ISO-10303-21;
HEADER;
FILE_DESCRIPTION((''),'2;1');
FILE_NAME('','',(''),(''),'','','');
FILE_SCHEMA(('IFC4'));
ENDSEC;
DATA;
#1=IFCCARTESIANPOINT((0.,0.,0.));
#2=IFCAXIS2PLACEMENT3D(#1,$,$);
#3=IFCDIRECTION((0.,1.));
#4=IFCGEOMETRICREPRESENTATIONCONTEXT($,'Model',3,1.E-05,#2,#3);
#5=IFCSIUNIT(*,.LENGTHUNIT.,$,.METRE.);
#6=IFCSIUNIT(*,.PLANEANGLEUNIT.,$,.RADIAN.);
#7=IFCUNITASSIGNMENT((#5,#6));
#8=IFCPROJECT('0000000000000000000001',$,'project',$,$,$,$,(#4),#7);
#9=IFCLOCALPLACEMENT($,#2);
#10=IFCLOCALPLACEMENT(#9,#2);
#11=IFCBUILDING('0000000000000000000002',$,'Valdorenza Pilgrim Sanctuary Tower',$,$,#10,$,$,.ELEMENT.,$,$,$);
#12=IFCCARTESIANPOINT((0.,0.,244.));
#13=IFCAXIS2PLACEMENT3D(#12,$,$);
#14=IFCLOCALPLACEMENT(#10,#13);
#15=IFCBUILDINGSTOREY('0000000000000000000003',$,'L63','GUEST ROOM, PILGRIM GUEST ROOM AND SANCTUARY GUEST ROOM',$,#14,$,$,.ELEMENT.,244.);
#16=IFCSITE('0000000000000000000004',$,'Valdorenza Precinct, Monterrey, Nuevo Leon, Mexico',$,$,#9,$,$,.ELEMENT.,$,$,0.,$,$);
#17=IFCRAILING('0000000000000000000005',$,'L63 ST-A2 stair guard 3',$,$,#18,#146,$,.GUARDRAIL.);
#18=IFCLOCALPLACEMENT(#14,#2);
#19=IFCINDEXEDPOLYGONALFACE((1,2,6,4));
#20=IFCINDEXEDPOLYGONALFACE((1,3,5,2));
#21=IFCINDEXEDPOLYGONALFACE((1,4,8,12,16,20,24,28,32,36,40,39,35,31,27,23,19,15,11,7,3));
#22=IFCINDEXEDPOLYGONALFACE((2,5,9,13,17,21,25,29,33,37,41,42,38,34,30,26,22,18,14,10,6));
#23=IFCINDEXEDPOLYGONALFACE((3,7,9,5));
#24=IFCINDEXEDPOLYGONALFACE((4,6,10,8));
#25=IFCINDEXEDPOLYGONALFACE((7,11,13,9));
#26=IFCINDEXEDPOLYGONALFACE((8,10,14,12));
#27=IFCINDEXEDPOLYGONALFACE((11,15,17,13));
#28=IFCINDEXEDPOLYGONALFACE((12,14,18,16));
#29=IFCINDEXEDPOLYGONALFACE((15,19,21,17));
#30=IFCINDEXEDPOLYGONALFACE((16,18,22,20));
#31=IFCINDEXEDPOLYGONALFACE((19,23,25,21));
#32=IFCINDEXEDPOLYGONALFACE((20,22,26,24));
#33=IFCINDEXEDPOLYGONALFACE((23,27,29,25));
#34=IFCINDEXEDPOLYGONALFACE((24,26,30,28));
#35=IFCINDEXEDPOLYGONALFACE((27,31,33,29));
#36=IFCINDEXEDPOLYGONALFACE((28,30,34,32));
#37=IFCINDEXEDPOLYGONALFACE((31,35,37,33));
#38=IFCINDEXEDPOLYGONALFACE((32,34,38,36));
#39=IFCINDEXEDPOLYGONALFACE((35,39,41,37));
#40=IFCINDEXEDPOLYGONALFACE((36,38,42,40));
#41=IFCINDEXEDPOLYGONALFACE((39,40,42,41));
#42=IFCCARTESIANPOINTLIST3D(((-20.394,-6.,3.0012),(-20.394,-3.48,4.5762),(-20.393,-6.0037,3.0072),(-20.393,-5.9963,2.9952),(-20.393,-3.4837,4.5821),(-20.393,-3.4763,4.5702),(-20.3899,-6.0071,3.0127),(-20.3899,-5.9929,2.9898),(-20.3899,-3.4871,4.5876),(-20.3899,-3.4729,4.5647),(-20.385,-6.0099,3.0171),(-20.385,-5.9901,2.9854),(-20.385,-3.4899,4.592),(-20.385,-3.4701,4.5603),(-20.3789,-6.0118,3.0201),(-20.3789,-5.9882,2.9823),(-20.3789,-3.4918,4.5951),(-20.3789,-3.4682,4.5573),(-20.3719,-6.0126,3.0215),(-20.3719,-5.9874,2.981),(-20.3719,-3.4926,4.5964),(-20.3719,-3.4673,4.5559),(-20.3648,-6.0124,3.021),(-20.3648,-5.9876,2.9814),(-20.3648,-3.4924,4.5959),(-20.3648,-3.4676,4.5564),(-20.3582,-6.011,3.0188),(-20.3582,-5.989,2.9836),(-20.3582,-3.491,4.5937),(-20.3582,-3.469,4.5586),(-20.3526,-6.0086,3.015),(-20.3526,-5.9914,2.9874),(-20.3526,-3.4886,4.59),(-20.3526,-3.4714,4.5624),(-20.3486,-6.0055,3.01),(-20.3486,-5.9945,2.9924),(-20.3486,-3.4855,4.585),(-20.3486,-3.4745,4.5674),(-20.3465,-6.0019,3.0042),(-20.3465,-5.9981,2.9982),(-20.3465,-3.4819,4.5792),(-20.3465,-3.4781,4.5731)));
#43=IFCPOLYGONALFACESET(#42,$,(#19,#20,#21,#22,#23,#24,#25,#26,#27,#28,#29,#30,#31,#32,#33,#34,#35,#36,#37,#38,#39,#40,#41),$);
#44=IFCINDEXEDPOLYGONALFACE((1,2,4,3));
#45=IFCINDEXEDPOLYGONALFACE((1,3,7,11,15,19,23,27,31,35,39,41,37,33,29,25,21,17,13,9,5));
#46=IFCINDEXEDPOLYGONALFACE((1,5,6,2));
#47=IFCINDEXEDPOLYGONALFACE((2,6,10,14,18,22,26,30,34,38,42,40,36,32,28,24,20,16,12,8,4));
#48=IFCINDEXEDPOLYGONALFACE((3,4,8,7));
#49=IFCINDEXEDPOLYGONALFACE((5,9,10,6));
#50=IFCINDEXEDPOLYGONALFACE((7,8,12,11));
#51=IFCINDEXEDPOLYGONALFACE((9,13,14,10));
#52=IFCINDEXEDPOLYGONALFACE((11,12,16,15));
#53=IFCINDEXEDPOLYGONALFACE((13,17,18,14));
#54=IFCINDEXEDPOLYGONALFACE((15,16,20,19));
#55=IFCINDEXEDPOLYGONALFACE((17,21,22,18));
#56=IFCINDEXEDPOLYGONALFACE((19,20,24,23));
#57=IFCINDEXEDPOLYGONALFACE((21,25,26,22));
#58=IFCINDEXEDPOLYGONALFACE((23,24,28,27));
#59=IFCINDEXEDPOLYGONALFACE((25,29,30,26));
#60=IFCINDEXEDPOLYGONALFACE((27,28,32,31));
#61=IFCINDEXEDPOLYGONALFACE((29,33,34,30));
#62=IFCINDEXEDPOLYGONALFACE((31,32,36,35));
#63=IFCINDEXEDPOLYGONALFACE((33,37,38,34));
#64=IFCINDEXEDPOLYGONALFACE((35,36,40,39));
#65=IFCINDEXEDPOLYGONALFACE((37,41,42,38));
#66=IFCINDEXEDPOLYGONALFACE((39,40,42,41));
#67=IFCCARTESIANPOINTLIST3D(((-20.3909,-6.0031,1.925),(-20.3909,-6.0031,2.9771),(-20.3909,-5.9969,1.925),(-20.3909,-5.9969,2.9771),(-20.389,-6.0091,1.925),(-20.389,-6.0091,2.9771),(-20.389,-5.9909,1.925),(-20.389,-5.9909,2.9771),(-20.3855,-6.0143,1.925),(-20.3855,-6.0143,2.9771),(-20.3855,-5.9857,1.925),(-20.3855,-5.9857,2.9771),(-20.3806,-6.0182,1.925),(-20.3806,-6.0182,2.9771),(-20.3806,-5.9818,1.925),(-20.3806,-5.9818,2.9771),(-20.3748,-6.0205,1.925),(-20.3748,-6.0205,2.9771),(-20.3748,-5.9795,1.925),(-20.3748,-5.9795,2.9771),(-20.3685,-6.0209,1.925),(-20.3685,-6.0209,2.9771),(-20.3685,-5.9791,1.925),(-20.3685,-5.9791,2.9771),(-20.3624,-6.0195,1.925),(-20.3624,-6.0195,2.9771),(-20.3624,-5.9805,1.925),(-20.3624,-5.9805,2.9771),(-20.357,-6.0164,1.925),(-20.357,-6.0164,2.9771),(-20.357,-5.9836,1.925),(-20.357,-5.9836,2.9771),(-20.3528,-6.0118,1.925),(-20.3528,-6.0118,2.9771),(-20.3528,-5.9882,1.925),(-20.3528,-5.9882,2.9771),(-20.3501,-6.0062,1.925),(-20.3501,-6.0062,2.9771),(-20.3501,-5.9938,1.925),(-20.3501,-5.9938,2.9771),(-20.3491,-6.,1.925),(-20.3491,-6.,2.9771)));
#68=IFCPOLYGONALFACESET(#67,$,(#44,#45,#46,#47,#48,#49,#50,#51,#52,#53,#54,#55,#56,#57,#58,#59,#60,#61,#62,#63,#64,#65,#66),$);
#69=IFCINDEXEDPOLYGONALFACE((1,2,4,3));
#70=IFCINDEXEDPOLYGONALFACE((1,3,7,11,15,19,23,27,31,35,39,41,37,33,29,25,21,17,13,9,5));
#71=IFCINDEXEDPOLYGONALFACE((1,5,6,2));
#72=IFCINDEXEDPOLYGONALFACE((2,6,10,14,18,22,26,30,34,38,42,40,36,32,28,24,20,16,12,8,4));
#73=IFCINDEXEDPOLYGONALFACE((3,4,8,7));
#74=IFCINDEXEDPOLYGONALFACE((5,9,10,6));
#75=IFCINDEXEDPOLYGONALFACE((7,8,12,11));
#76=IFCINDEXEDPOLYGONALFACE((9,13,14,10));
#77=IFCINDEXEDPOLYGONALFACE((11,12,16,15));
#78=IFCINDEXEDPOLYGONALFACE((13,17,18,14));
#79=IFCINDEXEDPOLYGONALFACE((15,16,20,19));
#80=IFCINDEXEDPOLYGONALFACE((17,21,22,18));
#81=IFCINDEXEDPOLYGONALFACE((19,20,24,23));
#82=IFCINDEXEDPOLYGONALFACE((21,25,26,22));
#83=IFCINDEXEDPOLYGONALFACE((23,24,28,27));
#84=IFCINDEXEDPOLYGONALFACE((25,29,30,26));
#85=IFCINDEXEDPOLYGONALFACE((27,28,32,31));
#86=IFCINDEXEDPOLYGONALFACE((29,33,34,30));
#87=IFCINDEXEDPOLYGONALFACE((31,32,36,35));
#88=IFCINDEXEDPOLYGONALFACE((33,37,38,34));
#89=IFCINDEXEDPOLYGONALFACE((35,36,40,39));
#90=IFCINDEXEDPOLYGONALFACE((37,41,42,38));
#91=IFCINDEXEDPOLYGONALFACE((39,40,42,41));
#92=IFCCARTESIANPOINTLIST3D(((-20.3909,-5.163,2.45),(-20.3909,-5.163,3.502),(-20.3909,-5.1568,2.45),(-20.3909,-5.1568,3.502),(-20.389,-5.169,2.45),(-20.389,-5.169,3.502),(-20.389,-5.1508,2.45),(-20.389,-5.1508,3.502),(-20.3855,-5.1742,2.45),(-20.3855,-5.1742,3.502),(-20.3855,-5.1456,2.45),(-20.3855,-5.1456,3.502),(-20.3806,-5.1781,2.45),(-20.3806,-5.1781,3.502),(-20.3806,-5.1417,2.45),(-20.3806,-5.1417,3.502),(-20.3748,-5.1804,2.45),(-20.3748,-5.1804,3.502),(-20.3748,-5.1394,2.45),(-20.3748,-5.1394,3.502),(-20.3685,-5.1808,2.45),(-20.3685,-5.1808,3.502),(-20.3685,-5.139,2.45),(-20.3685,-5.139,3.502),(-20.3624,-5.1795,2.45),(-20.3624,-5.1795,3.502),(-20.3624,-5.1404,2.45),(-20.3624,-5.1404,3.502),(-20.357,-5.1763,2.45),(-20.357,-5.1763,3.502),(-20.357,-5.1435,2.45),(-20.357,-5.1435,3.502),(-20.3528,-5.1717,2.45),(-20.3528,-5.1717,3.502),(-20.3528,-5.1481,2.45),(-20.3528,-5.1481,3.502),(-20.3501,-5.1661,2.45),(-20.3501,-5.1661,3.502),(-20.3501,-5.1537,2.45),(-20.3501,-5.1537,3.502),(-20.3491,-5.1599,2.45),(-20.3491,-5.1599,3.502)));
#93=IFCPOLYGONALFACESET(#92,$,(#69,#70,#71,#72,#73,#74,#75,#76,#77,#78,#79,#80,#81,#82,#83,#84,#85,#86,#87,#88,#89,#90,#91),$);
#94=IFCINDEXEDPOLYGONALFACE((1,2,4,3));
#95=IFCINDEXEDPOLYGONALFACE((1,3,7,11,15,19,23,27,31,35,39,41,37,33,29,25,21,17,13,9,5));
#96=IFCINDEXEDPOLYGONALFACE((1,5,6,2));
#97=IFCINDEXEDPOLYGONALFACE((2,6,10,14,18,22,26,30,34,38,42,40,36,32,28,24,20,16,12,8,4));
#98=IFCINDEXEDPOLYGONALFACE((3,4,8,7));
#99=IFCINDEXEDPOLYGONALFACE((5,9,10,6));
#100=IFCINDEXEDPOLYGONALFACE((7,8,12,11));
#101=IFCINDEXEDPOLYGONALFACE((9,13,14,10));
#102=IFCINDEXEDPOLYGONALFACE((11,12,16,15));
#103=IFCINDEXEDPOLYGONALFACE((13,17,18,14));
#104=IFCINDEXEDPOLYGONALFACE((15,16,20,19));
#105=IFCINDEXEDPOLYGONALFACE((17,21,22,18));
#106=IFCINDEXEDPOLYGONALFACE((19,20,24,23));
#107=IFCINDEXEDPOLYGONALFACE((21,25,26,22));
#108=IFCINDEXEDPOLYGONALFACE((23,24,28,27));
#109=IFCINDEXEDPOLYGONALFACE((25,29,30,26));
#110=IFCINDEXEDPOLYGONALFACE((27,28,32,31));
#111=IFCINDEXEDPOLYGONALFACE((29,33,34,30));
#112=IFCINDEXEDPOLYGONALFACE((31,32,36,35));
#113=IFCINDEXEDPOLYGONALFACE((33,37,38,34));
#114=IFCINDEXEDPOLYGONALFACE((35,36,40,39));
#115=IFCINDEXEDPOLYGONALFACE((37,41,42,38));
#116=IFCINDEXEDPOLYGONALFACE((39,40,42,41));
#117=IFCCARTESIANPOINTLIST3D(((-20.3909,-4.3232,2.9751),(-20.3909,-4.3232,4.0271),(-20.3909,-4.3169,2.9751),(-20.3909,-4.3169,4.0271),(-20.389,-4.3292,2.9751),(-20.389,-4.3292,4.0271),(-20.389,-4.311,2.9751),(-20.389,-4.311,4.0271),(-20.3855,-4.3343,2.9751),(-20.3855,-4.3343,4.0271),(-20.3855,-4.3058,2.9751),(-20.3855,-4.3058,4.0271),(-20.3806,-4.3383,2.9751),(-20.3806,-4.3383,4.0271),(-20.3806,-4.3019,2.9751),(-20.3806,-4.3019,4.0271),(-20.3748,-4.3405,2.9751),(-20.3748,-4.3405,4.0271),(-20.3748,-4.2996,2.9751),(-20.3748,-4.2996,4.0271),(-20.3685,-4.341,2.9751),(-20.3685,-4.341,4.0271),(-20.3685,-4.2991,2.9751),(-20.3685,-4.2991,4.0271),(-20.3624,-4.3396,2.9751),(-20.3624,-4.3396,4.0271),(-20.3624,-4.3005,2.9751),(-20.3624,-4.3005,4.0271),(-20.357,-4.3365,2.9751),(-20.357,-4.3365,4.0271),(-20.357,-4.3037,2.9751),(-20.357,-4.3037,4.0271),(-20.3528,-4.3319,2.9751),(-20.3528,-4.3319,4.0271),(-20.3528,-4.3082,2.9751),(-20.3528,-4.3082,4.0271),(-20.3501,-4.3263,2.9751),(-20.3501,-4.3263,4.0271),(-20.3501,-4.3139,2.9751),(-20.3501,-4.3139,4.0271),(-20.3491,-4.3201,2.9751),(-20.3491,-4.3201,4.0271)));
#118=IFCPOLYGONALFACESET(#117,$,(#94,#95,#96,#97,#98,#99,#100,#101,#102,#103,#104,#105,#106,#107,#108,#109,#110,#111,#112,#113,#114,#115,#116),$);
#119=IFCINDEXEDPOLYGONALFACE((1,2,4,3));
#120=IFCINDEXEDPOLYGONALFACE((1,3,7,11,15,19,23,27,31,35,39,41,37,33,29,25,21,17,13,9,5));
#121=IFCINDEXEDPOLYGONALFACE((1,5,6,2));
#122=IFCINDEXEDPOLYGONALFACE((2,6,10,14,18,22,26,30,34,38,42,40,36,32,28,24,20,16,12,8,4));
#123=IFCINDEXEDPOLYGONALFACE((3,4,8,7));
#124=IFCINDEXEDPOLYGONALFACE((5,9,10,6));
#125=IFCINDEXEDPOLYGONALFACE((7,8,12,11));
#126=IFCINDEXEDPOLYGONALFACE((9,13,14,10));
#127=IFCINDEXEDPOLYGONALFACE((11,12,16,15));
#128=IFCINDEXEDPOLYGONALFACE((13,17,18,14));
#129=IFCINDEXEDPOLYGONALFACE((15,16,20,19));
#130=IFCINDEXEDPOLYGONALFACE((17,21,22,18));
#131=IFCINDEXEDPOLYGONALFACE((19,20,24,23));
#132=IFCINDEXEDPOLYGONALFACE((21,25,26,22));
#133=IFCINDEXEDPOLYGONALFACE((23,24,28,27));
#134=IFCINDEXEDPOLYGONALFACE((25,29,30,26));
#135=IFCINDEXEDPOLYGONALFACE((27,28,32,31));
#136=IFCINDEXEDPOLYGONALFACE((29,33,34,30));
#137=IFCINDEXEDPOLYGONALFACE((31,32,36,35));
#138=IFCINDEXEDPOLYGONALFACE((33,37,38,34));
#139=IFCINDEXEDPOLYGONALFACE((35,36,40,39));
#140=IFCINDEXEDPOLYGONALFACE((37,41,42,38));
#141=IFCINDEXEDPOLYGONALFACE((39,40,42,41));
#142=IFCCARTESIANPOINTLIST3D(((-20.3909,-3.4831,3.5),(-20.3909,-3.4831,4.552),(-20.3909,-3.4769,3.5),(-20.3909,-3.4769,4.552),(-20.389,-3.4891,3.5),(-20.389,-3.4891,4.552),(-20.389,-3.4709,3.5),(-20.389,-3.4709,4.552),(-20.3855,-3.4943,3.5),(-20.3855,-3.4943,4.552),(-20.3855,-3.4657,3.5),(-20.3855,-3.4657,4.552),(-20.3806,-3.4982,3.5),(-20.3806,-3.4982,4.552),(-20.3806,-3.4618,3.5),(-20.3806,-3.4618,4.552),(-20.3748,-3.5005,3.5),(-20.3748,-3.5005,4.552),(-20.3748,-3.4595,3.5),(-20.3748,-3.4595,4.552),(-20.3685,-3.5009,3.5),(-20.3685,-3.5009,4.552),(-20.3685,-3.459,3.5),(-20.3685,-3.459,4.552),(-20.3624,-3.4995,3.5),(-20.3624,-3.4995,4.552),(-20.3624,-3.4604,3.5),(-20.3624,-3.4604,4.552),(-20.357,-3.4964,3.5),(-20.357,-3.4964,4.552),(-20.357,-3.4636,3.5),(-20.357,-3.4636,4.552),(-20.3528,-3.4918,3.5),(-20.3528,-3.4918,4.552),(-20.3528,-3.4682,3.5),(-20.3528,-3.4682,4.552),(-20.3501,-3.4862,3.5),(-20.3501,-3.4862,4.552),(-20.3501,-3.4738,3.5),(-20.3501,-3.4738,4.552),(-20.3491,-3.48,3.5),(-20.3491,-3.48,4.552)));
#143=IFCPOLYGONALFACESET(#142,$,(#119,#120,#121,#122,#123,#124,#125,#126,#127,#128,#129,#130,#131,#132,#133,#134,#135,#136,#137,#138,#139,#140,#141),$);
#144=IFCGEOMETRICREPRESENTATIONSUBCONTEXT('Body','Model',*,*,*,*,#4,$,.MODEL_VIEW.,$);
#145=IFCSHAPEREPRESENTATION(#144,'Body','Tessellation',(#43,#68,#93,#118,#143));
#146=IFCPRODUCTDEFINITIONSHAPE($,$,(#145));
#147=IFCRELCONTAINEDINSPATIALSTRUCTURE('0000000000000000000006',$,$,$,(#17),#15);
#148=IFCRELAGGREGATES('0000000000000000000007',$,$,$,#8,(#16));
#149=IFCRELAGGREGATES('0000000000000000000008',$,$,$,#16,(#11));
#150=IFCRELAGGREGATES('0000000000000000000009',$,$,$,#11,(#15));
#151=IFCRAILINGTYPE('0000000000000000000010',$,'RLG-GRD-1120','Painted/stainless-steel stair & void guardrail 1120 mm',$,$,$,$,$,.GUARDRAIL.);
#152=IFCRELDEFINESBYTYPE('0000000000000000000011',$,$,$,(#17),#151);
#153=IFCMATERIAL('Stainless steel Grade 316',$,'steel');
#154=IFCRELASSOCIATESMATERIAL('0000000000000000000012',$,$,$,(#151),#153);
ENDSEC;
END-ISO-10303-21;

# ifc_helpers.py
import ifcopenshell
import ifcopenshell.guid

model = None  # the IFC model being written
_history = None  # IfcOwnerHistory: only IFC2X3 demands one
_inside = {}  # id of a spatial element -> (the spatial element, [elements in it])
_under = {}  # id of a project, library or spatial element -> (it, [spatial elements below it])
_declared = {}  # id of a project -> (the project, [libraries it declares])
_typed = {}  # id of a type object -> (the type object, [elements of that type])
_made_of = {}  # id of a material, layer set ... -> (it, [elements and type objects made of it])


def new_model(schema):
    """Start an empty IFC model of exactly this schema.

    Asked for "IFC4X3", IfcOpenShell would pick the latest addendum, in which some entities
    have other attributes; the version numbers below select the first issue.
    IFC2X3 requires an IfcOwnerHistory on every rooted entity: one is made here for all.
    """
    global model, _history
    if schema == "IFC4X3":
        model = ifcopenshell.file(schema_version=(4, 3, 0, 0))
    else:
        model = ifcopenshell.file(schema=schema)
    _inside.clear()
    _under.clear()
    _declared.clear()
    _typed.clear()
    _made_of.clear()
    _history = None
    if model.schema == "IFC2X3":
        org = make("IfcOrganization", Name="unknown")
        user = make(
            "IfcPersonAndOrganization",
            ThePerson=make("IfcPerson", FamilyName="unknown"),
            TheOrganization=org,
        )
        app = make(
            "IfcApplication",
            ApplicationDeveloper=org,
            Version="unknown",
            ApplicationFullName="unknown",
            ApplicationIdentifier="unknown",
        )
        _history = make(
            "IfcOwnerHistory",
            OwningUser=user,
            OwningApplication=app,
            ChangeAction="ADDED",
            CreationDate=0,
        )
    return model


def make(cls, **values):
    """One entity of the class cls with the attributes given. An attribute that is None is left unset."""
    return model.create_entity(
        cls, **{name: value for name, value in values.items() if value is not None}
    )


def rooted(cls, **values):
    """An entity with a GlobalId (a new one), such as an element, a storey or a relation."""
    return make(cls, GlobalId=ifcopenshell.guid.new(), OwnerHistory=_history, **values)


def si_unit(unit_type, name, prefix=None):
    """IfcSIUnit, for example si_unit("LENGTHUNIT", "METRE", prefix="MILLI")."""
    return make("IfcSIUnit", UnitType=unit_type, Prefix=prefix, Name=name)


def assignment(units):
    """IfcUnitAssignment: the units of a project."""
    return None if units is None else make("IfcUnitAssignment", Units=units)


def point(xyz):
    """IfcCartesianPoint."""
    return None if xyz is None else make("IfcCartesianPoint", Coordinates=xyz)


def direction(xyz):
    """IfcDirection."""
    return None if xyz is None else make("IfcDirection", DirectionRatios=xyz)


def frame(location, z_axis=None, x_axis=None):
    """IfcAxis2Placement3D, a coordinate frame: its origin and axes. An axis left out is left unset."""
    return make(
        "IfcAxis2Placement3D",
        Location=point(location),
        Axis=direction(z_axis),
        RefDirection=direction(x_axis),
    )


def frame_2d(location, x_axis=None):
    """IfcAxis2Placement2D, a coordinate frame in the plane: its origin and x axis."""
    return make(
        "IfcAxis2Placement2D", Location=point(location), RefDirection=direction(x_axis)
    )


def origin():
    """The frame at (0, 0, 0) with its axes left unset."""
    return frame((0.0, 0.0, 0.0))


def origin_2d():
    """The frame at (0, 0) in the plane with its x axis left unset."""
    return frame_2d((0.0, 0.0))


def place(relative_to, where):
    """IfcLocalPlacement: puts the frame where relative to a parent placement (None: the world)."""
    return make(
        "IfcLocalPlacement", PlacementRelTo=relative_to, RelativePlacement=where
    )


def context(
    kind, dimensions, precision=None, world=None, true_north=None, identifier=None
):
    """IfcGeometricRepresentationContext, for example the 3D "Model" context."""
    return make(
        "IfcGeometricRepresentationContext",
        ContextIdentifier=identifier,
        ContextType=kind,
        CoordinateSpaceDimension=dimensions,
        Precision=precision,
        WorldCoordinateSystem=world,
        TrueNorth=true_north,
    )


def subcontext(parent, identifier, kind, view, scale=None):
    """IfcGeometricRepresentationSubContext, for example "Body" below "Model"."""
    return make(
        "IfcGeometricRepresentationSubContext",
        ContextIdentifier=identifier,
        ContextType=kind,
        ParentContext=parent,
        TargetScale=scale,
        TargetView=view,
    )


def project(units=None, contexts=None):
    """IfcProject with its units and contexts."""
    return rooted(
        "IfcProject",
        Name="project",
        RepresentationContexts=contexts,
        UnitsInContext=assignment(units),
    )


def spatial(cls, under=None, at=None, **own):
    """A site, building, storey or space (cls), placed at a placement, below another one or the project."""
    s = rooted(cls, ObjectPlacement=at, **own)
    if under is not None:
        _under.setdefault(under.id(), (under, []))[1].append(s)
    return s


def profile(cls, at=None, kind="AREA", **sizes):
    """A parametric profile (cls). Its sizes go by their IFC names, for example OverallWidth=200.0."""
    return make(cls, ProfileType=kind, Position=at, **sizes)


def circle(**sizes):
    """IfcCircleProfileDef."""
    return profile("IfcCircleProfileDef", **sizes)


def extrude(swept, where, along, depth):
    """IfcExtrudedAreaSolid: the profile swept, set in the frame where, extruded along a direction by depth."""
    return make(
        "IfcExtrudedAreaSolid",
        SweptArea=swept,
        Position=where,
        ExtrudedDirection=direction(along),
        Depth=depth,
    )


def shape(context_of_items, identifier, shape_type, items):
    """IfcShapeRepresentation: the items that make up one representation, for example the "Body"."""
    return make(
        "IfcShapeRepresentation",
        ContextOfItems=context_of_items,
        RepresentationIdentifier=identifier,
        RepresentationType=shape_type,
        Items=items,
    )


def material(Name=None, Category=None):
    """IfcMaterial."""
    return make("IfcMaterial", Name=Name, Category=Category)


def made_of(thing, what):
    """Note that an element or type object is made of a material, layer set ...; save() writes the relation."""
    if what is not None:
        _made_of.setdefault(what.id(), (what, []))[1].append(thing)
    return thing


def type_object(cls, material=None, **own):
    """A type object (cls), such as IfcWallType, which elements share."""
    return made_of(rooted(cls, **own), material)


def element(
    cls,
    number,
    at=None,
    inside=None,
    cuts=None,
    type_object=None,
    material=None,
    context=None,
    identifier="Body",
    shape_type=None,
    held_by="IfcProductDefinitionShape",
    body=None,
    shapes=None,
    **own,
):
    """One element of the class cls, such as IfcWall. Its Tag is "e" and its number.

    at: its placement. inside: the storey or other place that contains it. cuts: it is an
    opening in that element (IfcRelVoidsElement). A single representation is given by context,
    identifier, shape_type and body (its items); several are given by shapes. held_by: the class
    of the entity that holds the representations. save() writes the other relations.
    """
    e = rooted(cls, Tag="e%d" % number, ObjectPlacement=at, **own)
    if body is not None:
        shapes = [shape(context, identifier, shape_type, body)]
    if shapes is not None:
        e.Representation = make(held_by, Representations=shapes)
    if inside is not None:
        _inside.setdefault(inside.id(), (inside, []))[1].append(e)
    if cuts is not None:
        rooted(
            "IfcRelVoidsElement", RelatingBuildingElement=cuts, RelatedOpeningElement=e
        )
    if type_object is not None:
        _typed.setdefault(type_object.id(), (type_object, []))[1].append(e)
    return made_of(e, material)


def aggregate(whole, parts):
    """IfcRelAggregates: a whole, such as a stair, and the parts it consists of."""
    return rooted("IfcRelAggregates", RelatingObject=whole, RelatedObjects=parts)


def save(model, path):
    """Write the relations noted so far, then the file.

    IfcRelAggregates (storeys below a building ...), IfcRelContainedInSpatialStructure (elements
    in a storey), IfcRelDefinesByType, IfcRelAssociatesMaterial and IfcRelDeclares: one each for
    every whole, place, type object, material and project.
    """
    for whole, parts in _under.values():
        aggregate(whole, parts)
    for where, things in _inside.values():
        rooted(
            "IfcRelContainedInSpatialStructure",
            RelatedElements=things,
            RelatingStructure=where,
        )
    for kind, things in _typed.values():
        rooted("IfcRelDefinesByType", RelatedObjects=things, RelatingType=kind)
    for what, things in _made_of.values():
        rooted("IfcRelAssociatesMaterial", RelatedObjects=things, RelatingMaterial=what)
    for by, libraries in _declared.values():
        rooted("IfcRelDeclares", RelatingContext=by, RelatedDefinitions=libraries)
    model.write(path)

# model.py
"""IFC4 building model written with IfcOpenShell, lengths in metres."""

from ifc_helpers import new_model, si_unit, direction, frame, origin, origin_2d, place, context, subcontext, project, spatial, circle, extrude, material, type_object, element, save


model = new_model("IFC4")

# Units and contexts
model_context = context("Model", 3, precision=1e-05, world=origin(), true_north=direction((0.0, 1.0)))
body_context = subcontext(model_context, "Body", "Model", "MODEL_VIEW")
ifc_project = project(units=[si_unit("LENGTHUNIT", "METRE"), si_unit("PLANEANGLEUNIT", "RADIAN")], contexts=[model_context])

# Site, building, storey
site_placement = place(None, origin())
site = spatial("IfcSite", under=ifc_project, at=site_placement, Name="Valdorenza Precinct, Monterrey, Nuevo Leon, Mexico", CompositionType="ELEMENT", RefElevation=0.0)
building_placement = place(site_placement, origin())
building = spatial("IfcBuilding", under=site, at=building_placement, Name="Valdorenza Pilgrim Sanctuary Tower", CompositionType="ELEMENT")
storey_placement = place(building_placement, frame((0.0, 0.0, 244.0)))
storey = spatial("IfcBuildingStorey", under=building, at=storey_placement, Name="L63", Description="GUEST ROOM, PILGRIM GUEST ROOM AND SANCTUARY GUEST ROOM", CompositionType="ELEMENT", Elevation=244.0)

# Railing
ifc_material_1 = material(Name="Stainless steel Grade 316", Category="steel")
railing_type_1 = type_object("IfcRailingType", Name="RLG-GRD-1120", Description="Painted/stainless-steel stair & void guardrail 1120 mm", PredefinedType="GUARDRAIL", material=ifc_material_1)
railing_1_placement = place(storey_placement, frame((-20.3701, -6.0, 1.925)))
element("IfcRailing", 1, at=railing_1_placement, inside=storey, type_object=railing_type_1, Name="L63 ST-A2 stair guard 3", PredefinedType="GUARDRAIL", context=body_context, shape_type="SweptSolid", body=[
    extrude(circle(Radius=0.0239, at=origin_2d()), frame((0.0, 0.0, 1.0762), z_axis=(0.0, 0.848008, 0.529984), x_axis=(-1.0, 0.0, 0.0)), (0.0, 0.0, 1.0), 2.9717),
    extrude(circle(Radius=0.021, at=origin_2d()), origin(), (0.0, 0.0, 1.0), 1.052),
    extrude(circle(Radius=0.021, at=origin_2d()), frame((0.0, 0.8401, 0.5249)), (0.0, 0.0, 1.0), 1.052),
    extrude(circle(Radius=0.021, at=origin_2d()), frame((0.0, 1.6799, 1.05)), (0.0, 0.0, 1.0), 1.052),
    extrude(circle(Radius=0.021, at=origin_2d()), frame((0.0, 2.52, 1.575)), (0.0, 0.0, 1.0), 1.052),
])

save(model, "model.ifc")
